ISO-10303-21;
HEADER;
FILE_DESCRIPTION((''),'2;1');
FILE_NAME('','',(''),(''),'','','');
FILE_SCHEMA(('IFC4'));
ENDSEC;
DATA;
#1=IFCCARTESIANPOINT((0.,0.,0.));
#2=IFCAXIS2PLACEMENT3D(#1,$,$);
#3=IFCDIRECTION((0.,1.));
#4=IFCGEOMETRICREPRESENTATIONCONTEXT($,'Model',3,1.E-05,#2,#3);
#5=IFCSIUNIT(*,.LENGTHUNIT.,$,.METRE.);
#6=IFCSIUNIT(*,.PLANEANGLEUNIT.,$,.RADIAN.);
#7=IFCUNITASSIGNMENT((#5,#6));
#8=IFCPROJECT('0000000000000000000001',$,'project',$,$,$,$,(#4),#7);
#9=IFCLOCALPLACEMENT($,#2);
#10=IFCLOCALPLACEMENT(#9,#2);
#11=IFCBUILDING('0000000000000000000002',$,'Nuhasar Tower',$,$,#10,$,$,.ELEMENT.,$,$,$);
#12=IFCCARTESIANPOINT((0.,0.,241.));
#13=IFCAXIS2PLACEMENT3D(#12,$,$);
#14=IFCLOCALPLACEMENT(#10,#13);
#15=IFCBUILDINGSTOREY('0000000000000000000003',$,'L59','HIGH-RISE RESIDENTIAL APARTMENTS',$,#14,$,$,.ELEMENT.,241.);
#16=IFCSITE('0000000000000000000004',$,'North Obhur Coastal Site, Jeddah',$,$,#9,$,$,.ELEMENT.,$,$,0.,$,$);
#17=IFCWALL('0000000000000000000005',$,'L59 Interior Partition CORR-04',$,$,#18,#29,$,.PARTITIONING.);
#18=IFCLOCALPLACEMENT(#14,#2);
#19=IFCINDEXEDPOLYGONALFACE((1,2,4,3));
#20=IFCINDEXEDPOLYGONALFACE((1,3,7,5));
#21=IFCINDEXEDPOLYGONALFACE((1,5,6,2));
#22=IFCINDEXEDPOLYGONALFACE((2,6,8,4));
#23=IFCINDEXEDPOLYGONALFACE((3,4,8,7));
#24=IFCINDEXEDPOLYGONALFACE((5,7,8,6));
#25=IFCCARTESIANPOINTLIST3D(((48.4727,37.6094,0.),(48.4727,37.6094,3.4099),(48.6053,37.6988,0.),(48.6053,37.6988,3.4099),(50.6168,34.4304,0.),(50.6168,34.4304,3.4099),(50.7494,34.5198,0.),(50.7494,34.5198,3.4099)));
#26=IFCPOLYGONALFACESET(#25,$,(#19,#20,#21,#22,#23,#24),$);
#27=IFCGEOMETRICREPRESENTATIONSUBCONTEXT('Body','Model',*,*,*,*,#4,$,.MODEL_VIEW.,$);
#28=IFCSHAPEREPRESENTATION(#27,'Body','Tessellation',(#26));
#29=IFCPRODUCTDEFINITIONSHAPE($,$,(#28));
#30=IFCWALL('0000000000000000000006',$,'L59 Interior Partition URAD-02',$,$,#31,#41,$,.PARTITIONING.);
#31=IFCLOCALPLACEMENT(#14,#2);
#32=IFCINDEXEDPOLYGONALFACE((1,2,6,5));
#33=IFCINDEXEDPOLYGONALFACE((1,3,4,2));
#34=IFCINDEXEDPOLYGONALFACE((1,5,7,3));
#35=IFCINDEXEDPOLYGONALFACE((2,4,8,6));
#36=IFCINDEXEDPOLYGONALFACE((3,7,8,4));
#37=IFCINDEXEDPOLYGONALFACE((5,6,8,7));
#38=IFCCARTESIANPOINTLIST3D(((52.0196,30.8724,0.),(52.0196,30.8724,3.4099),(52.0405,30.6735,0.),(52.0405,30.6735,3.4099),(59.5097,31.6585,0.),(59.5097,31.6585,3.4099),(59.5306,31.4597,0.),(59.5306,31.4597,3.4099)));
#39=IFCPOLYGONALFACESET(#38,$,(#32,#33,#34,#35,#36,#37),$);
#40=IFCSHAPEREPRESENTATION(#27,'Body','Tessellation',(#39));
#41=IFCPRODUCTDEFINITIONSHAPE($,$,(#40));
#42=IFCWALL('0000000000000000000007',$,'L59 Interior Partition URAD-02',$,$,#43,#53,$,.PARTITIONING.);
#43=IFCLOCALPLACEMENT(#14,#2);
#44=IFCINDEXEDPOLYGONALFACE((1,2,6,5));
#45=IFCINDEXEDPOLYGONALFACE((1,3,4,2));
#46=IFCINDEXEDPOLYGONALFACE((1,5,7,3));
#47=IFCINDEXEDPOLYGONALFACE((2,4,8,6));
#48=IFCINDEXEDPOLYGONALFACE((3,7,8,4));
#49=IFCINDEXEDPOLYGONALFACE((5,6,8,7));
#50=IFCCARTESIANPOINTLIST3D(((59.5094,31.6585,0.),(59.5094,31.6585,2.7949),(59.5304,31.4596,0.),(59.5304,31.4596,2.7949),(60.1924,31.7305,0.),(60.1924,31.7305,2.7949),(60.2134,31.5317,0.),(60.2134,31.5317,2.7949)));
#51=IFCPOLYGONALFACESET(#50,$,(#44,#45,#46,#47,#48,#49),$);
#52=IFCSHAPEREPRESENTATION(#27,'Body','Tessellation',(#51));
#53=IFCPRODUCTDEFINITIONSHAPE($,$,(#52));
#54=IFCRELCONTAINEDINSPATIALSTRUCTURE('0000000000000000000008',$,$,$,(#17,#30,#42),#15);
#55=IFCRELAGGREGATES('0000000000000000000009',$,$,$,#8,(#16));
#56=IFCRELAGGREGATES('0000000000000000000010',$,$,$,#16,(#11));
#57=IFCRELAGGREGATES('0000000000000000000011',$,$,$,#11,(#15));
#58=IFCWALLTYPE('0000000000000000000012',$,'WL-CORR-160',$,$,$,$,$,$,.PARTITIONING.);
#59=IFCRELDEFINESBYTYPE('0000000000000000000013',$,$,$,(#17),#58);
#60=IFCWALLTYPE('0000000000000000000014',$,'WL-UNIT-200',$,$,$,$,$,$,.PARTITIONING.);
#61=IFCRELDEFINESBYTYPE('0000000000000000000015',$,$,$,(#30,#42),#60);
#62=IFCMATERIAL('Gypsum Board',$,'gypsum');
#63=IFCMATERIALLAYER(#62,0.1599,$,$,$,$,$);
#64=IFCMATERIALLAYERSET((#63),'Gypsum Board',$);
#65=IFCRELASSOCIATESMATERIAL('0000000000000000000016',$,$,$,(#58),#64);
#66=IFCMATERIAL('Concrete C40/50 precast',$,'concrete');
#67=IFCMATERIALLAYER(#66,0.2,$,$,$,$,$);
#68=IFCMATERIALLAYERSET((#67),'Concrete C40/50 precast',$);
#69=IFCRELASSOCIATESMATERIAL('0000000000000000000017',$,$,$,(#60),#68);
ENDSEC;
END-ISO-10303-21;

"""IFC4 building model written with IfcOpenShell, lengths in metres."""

from ifc_helpers import new_model, si_unit, direction, frame, frame_2d, origin, place, context, subcontext, project, spatial, rectangle, extrude, material, layer, layer_set, type_object, element, save


model = new_model("IFC4")

# Units and contexts
model_context = context("Model", 3, precision=1e-05, world=origin(), true_north=direction((0.0, 1.0)))
body_context = subcontext(model_context, "Body", "Model", "MODEL_VIEW")
ifc_project = project(units=[si_unit("LENGTHUNIT", "METRE"), si_unit("PLANEANGLEUNIT", "RADIAN")], contexts=[model_context])

# Site, building, storey
site_placement = place(None, origin())
site = spatial("IfcSite", under=ifc_project, at=site_placement, Name="North Obhur Coastal Site, Jeddah", CompositionType="ELEMENT", RefElevation=0.0)
building_placement = place(site_placement, origin())
building = spatial("IfcBuilding", under=site, at=building_placement, Name="Nuhasar Tower", CompositionType="ELEMENT")
storey_placement = place(building_placement, frame((0.0, 0.0, 241.0)))
storey = spatial("IfcBuildingStorey", under=building, at=storey_placement, Name="L59", Description="HIGH-RISE RESIDENTIAL APARTMENTS", CompositionType="ELEMENT", Elevation=241.0)

# Shared definitions
ifc_material_1 = material(Name="Gypsum Board", Category="gypsum")
ifc_layer_1 = layer(ifc_material_1, 0.1599)
ifc_layer_set_1 = layer_set([ifc_layer_1], Name="Gypsum Board")
wall_type_1 = type_object("IfcWallType", Name="WL-CORR-160", PredefinedType="PARTITIONING", material=ifc_layer_set_1)

# Walls
wall_1_placement = place(storey_placement, frame((50.6831, 34.4751, 0.0), z_axis=(0.0, 0.0, 1.0), x_axis=(-0.559159, 0.82906, 0.0)))
element("IfcWall", 1, at=wall_1_placement, inside=storey, type_object=wall_type_1, Name="L59 Interior Partition CORR-04", PredefinedType="PARTITIONING", context=body_context, shape_type="SweptSolid", body=[
    extrude(rectangle(XDim=3.8345, YDim=0.1599, at=frame_2d((1.9172, 0.0))), origin(), (0.0, 0.0, 1.0), 3.4099),
])
ifc_material_2 = material(Name="Concrete C40/50 precast", Category="concrete")
ifc_layer_2 = layer(ifc_material_2, 0.2)
ifc_layer_set_2 = layer_set([ifc_layer_2], Name="Concrete C40/50 precast")
wall_type_2 = type_object("IfcWallType", Name="WL-UNIT-200", PredefinedType="PARTITIONING", material=ifc_layer_set_2)
wall_2_placement = place(storey_placement, frame((52.03, 30.7729, 0.0), z_axis=(0.0, 0.0, 1.0), x_axis=(0.994537, 0.104384, 0.0)))
element("IfcWall", 2, at=wall_2_placement, inside=storey, type_object=wall_type_2, Name="L59 Interior Partition URAD-02", PredefinedType="PARTITIONING", context=body_context, shape_type="SweptSolid", body=[
    extrude(rectangle(XDim=7.5312, YDim=0.2, at=frame_2d((3.7656, 0.0))), origin(), (0.0, 0.0, 1.0), 3.4099),
])
wall_3_placement = place(storey_placement, frame((59.52, 31.5591, 0.0), z_axis=(0.0, 0.0, 1.0), x_axis=(0.994484, 0.104888, 0.0)))
element("IfcWall", 3, at=wall_3_placement, inside=storey, type_object=wall_type_2, Name="L59 Interior Partition URAD-02", PredefinedType="PARTITIONING", context=body_context, shape_type="SweptSolid", body=[
    extrude(rectangle(XDim=0.6868, YDim=0.2, at=frame_2d((0.3433, 0.0))), origin(), (0.0, 0.0, 1.0), 2.7949),
])

save(model, "model.ifc")
